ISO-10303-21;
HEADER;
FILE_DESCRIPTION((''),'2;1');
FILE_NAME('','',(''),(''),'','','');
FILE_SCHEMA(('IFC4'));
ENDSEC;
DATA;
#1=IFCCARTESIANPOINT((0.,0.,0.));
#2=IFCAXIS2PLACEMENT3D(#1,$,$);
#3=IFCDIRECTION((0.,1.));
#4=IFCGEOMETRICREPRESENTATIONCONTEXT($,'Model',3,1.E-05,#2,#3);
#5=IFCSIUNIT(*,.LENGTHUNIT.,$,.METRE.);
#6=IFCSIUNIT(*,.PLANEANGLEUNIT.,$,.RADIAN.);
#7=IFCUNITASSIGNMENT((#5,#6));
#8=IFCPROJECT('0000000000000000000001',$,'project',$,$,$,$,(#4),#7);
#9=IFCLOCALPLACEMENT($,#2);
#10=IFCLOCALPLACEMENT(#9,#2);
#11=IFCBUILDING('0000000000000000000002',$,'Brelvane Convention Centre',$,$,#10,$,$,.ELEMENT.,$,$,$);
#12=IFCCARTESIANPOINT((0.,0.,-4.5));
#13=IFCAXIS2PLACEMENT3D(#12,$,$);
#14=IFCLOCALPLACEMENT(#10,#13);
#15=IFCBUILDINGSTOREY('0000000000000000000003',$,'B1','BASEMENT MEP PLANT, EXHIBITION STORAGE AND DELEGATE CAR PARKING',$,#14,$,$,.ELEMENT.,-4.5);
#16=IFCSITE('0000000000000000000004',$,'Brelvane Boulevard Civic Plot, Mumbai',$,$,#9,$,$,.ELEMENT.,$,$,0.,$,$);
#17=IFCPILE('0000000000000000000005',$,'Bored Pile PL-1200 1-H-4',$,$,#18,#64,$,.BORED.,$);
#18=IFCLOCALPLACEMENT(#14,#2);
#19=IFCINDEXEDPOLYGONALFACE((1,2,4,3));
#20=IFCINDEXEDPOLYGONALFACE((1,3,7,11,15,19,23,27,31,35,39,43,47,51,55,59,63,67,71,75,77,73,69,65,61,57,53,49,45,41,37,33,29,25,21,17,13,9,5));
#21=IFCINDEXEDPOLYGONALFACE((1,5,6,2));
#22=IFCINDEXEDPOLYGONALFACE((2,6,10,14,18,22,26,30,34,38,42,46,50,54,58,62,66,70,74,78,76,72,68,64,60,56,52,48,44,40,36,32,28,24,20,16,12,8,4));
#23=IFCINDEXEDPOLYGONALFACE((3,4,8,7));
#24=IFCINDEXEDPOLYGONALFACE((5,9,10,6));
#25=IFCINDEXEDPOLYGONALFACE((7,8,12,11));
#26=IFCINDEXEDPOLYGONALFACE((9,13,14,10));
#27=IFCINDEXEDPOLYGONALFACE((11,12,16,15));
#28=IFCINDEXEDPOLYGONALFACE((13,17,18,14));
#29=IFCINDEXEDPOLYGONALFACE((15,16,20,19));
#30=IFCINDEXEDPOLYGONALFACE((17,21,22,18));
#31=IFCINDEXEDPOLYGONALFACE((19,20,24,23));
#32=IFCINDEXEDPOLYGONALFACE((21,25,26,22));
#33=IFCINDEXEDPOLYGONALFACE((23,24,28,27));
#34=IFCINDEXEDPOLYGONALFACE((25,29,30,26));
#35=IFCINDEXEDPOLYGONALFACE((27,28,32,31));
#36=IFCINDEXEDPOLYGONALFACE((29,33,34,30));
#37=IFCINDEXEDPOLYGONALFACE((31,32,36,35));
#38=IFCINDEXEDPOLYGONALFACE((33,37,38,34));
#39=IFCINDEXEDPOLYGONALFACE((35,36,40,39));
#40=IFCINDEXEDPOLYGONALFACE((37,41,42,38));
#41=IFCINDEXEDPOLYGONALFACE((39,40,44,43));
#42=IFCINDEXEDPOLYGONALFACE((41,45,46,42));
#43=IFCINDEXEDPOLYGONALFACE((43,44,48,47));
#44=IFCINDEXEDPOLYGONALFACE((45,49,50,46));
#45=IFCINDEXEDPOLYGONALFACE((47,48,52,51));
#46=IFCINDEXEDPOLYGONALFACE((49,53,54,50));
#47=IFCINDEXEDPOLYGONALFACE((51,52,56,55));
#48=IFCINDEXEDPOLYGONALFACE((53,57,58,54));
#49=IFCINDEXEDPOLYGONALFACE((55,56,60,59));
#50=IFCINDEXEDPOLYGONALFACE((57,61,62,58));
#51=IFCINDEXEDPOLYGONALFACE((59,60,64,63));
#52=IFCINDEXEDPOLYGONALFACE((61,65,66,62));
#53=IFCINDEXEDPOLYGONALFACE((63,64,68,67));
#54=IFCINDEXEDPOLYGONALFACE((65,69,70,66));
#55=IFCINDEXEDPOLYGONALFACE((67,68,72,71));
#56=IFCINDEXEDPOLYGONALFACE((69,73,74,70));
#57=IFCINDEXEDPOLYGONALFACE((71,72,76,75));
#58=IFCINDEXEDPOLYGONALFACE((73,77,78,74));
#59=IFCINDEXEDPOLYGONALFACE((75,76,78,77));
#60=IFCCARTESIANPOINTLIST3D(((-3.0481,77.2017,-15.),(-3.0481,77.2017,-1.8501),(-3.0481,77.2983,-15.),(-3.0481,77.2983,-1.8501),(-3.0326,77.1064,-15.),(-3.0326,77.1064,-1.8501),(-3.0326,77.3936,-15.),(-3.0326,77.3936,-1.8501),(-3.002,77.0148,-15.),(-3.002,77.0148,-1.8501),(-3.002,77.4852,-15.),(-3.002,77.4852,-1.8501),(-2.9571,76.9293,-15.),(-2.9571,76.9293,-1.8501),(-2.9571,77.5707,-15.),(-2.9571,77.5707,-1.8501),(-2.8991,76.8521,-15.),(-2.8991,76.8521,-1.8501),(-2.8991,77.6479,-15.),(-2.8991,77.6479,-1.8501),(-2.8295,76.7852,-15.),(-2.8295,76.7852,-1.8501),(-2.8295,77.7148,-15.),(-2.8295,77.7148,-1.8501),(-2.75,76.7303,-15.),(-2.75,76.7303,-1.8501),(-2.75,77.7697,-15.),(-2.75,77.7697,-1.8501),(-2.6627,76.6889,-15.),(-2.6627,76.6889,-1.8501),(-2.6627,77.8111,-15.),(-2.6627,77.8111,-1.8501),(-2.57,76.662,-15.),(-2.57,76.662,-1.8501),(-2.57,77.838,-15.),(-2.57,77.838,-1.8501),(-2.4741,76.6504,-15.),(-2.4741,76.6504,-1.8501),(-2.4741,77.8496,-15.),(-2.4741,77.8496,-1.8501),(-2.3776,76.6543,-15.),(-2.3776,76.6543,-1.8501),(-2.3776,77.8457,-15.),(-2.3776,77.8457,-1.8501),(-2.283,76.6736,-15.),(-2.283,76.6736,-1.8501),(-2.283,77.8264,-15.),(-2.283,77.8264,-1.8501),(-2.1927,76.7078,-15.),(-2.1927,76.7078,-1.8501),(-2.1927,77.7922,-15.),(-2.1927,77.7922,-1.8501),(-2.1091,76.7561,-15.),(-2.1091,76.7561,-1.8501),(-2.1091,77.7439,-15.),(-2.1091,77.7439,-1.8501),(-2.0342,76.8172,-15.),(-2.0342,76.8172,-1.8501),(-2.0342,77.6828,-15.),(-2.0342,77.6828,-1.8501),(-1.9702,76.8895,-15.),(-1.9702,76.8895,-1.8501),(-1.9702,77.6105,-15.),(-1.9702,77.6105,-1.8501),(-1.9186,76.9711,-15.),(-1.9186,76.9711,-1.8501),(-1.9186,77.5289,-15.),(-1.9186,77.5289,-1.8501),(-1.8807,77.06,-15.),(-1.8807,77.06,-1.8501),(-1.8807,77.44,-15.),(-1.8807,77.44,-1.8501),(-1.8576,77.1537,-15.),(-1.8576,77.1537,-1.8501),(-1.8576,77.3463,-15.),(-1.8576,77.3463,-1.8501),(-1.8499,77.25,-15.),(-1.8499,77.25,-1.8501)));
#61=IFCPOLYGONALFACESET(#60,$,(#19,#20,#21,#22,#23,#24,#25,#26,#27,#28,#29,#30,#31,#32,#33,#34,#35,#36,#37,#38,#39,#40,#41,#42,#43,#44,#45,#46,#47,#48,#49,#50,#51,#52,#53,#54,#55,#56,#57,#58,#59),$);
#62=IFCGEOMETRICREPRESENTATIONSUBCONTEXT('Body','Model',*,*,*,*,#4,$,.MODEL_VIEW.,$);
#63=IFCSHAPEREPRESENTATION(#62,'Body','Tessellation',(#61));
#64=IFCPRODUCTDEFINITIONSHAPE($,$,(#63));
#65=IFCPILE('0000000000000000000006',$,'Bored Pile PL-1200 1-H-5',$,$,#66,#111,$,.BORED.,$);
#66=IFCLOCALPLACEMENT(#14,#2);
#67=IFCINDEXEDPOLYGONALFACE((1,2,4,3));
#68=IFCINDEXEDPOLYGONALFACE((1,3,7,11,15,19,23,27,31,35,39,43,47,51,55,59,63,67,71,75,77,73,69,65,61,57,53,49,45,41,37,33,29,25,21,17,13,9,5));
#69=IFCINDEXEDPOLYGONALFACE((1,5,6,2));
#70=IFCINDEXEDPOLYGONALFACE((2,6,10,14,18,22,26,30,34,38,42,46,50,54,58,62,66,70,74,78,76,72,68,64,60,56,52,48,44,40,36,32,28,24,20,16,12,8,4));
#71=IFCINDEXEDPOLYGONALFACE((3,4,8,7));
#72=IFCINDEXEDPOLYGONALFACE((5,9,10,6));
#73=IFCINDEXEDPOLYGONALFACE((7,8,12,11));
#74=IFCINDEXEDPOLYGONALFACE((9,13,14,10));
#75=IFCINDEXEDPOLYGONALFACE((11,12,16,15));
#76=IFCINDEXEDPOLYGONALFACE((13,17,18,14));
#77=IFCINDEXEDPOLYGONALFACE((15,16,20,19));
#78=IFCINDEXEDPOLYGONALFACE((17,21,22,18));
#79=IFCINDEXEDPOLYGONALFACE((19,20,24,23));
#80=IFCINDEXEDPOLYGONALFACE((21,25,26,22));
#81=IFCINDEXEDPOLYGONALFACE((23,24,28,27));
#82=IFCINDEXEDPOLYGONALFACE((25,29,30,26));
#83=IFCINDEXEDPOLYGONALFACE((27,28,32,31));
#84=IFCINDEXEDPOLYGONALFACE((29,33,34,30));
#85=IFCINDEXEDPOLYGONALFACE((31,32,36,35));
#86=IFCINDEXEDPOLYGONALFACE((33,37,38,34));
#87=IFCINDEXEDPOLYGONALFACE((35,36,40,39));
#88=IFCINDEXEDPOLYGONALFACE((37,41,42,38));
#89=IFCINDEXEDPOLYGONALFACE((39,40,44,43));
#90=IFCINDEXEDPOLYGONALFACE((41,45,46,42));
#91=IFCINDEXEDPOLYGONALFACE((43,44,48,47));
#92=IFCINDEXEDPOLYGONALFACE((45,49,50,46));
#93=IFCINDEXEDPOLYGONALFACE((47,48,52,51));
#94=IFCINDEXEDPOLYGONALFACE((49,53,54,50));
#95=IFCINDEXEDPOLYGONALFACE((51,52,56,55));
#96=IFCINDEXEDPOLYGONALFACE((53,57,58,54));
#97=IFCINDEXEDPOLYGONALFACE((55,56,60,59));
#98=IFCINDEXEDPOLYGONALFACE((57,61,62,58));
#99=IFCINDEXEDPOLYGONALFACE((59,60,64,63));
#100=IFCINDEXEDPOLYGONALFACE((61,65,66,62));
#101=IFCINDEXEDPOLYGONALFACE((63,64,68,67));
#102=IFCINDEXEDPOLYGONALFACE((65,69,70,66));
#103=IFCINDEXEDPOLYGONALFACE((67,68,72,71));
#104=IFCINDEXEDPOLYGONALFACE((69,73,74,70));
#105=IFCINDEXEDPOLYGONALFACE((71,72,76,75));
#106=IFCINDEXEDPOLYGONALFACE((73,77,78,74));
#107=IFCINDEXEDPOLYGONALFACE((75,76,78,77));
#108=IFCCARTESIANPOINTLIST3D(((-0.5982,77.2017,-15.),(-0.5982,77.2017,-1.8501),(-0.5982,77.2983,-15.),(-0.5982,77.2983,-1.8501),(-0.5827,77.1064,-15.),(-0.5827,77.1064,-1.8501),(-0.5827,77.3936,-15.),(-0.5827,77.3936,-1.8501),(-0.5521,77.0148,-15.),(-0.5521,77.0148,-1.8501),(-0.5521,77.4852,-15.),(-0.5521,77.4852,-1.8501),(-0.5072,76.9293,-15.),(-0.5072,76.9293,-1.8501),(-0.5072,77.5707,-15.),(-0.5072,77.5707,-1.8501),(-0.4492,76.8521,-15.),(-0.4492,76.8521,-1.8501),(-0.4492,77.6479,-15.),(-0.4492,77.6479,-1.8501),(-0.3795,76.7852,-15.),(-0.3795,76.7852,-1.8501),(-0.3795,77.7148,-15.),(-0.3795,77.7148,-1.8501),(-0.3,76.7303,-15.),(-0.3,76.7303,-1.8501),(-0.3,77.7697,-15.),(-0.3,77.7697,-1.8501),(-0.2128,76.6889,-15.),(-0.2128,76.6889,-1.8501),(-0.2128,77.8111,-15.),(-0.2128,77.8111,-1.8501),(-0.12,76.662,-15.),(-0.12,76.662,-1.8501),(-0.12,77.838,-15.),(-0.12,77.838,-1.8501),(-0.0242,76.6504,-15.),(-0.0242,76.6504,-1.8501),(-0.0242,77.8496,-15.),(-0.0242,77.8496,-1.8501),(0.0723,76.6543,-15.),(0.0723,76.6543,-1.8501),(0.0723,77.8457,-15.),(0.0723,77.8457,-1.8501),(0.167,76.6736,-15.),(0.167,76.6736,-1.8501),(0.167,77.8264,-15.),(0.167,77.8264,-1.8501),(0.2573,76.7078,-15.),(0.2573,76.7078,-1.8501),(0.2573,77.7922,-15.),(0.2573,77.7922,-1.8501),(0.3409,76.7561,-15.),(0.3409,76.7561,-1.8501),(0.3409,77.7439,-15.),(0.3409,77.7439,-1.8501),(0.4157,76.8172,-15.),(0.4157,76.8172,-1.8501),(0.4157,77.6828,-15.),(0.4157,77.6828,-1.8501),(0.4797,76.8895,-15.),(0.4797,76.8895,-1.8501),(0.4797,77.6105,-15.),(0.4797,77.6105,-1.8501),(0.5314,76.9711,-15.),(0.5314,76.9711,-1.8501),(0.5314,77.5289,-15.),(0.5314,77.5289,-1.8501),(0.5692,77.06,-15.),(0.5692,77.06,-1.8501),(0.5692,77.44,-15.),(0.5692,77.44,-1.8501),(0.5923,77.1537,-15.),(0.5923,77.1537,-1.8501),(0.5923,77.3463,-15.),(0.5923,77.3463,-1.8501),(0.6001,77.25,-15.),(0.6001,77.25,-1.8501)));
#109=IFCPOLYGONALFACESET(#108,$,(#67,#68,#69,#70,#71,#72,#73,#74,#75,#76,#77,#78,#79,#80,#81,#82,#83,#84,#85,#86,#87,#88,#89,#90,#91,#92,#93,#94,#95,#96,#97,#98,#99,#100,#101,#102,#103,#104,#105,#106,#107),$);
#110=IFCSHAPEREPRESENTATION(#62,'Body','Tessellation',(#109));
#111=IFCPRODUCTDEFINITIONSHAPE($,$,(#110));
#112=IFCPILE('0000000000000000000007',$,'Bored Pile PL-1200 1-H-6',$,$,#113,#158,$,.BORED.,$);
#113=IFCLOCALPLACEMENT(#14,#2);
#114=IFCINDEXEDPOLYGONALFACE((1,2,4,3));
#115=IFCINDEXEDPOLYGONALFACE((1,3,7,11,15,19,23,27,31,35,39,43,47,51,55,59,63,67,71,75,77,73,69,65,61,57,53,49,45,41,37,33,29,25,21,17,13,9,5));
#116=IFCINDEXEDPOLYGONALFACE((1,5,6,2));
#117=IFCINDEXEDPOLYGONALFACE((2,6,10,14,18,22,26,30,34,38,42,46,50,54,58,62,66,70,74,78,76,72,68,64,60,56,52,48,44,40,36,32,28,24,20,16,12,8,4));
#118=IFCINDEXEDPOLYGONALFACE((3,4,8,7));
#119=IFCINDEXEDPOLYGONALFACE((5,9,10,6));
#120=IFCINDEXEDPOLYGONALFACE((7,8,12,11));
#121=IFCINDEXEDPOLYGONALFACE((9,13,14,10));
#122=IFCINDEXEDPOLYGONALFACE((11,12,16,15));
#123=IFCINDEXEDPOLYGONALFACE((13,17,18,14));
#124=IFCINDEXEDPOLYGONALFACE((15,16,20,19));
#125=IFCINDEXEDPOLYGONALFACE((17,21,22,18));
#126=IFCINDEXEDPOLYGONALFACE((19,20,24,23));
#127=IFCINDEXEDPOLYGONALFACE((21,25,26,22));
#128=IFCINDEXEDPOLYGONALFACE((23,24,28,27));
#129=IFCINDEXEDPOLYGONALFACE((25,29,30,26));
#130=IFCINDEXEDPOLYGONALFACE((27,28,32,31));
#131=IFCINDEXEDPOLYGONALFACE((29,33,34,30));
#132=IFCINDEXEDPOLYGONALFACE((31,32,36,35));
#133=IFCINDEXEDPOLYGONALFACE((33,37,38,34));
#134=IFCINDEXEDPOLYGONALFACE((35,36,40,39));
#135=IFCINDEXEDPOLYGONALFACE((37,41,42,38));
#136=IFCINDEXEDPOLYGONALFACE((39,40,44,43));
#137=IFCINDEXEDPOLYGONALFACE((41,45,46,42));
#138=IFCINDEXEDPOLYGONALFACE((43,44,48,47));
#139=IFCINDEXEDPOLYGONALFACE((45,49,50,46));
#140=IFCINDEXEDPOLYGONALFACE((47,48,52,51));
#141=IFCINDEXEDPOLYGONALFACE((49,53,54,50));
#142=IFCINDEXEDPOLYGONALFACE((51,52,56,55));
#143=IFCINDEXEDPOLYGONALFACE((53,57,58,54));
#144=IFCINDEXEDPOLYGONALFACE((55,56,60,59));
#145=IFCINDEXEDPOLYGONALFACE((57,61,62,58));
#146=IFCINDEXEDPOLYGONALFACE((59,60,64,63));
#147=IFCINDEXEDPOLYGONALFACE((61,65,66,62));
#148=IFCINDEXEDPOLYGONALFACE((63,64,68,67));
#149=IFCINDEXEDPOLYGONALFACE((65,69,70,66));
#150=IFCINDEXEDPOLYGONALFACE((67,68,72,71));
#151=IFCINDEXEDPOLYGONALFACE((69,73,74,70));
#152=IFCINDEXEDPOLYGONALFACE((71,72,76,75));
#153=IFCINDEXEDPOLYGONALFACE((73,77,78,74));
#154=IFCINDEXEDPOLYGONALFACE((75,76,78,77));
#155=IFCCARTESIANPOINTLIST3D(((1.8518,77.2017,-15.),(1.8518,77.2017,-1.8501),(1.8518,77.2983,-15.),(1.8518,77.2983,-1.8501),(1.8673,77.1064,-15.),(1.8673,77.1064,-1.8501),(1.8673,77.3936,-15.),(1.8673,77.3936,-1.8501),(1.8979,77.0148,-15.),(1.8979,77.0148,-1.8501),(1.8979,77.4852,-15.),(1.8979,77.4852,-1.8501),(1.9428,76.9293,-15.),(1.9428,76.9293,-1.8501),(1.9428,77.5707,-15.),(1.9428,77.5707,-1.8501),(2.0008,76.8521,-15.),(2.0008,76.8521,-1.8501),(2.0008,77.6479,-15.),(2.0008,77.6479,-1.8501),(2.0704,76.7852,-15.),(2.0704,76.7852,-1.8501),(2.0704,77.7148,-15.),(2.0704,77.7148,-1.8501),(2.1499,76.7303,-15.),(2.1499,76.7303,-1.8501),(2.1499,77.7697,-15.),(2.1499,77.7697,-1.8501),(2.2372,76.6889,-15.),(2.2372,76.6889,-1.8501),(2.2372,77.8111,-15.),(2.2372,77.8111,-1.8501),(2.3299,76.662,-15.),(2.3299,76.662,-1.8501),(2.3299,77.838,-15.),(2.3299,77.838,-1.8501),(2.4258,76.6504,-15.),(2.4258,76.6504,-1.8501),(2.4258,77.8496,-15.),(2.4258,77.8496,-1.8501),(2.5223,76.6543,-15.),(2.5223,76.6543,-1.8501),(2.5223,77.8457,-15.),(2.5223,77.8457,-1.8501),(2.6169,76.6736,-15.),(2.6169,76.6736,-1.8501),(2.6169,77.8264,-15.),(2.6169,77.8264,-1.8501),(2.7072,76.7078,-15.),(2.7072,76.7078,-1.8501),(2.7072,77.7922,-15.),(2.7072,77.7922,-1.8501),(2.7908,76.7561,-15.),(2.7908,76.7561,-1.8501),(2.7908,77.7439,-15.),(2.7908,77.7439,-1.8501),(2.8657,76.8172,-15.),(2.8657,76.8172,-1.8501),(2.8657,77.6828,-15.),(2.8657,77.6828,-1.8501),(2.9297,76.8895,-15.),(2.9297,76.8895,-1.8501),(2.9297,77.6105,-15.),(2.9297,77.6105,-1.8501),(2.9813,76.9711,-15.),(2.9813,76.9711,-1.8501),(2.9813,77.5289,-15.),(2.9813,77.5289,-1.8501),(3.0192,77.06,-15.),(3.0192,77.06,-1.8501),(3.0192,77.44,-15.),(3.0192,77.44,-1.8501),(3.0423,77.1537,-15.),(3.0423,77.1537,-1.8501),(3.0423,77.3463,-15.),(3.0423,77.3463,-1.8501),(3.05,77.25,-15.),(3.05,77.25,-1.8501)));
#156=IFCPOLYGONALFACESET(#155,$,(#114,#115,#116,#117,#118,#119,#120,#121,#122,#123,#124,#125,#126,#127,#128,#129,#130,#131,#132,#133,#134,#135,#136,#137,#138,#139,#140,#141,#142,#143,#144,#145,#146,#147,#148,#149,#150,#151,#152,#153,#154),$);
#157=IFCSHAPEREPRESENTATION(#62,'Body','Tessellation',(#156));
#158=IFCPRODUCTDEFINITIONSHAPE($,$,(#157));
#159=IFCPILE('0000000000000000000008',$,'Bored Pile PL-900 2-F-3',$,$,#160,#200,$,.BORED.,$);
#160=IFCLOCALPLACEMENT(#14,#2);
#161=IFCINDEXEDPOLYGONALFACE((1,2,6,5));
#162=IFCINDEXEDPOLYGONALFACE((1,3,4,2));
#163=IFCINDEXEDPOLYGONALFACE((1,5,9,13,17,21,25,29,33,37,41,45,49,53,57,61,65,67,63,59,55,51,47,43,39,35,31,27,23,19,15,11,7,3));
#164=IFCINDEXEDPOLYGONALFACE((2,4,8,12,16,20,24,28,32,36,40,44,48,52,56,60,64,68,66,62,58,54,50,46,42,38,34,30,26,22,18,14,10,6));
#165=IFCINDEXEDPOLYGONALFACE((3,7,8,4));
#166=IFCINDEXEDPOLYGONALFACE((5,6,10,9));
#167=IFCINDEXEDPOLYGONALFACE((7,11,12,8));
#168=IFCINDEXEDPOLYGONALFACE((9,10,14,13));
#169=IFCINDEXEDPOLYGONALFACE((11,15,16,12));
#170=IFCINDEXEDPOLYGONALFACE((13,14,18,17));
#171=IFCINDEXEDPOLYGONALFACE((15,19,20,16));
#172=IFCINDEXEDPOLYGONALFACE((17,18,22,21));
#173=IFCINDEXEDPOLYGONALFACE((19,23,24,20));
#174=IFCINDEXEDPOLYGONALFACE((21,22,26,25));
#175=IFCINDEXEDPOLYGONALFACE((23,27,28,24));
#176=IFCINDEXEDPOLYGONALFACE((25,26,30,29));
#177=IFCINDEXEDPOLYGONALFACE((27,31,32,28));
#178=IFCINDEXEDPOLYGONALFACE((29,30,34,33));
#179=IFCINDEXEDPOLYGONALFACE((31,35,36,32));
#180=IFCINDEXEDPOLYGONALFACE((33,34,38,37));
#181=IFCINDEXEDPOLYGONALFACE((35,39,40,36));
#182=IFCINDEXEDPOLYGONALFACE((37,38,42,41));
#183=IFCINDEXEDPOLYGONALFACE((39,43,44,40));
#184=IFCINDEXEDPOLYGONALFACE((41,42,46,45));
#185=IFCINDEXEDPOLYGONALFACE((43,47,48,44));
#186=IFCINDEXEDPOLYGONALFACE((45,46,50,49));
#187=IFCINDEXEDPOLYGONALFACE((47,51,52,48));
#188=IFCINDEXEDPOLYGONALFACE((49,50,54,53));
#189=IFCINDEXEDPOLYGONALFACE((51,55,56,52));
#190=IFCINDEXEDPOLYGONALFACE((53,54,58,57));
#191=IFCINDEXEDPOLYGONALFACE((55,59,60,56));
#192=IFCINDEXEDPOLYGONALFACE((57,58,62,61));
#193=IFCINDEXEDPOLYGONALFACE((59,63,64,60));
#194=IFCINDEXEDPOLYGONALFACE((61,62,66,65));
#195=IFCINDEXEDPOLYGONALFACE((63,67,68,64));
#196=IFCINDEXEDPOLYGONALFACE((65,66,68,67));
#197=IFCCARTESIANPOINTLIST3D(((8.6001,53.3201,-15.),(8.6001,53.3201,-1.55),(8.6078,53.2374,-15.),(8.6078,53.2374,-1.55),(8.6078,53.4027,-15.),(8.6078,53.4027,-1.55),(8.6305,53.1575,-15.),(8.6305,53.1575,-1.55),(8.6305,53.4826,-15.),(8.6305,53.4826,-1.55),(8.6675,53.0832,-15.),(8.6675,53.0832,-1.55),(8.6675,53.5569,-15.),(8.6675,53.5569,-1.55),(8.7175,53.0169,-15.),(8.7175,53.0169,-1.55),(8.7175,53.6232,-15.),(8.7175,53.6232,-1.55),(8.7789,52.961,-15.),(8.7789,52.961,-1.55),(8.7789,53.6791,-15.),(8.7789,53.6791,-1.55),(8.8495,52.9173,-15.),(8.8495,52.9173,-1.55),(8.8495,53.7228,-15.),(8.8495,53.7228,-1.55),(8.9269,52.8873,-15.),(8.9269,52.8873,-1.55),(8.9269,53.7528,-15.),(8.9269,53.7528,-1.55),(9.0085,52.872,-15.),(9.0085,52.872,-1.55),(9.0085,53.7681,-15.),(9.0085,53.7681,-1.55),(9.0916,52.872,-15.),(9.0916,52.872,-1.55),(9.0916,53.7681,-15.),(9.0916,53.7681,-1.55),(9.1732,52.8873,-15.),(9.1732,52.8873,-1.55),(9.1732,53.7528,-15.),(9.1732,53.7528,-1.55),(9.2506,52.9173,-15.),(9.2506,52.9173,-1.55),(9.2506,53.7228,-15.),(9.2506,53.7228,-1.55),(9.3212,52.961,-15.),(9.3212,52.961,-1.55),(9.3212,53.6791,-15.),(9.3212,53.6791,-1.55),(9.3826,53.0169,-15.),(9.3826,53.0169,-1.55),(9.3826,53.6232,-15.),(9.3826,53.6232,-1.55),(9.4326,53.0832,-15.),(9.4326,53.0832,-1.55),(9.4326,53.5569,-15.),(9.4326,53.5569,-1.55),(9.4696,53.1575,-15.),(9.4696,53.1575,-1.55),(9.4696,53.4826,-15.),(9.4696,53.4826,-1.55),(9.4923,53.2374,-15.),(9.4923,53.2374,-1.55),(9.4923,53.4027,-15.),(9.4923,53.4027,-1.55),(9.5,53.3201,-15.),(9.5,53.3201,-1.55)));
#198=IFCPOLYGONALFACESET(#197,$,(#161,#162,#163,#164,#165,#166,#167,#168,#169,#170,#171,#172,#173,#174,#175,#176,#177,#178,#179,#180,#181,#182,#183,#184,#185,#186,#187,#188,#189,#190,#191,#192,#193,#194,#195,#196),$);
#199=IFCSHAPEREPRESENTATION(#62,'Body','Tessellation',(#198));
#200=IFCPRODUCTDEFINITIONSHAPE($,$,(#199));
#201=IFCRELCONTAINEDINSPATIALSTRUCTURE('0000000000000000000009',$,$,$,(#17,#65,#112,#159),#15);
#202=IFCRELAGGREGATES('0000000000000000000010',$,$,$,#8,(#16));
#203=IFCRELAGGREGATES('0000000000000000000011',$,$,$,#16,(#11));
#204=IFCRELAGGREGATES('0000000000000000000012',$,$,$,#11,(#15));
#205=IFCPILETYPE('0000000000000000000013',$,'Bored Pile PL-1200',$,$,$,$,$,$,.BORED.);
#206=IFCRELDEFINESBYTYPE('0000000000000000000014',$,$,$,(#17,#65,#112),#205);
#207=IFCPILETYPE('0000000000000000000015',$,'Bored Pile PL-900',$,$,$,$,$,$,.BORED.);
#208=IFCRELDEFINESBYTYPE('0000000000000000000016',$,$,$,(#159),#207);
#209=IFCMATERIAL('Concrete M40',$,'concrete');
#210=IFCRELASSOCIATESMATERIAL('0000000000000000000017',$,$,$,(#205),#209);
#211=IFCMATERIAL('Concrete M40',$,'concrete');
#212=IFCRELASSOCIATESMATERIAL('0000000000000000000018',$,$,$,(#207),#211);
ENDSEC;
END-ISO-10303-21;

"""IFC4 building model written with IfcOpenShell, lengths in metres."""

from ifc_helpers import new_model, si_unit, direction, frame, origin, origin_2d, place, context, subcontext, project, spatial, circle, extrude, material, material_profile, profile_set, type_object, element, save


model = new_model("IFC4")

# Units and contexts
model_context = context("Model", 3, precision=1e-05, world=origin(), true_north=direction((0.0, 1.0)))
body_context = subcontext(model_context, "Body", "Model", "MODEL_VIEW")
ifc_project = project(units=[si_unit("LENGTHUNIT", "METRE"), si_unit("PLANEANGLEUNIT", "RADIAN")], contexts=[model_context])

# Site, building, storey
site_placement = place(None, origin())
site = spatial("IfcSite", under=ifc_project, at=site_placement, Name="Brelvane Boulevard Civic Plot, Mumbai", CompositionType="ELEMENT", RefElevation=0.0)
building_placement = place(site_placement, origin())
building = spatial("IfcBuilding", under=site, at=building_placement, Name="Brelvane Convention Centre", CompositionType="ELEMENT")
storey_placement = place(building_placement, frame((0.0, 0.0, -4.5)))
storey = spatial("IfcBuildingStorey", under=building, at=storey_placement, Name="B1", Description="BASEMENT MEP PLANT, EXHIBITION STORAGE AND DELEGATE CAR PARKING", CompositionType="ELEMENT", Elevation=-4.5)

# Piles
ifc_material_1 = material(Name="Concrete M40", Category="concrete")
ifc_material_profile_1 = material_profile(ifc_material_1, circle(Radius=0.6001, at=origin_2d()), Name="PILE D1200")
ifc_profile_set_1 = profile_set([ifc_material_profile_1], Name="Concrete M40")
pile_type_1 = type_object("IfcPileType", Name="Bored Pile PL-1200", PredefinedType="BORED", material=ifc_profile_set_1)
for number, where, z_axis, x_axis, name in (
    (1, (-2.45, 77.25, -1.8501), (0.0, 0.0, -1.0), (1.0, 0.0, 0.0), "Bored Pile PL-1200 1-H-4"),
    (2, (0.0, 77.25, -1.8501), (0.0, 0.0, -1.0), (1.0, 0.0, 0.0), "Bored Pile PL-1200 1-H-5"),
    (3, (2.45, 77.25, -1.8501), (0.0, 0.0, -1.0), (1.0, 0.0, 0.0), "Bored Pile PL-1200 1-H-6"),
):
    element("IfcPile", number, at=place(storey_placement, frame(where, z_axis=z_axis, x_axis=x_axis)), inside=storey, type_object=pile_type_1, Name=name, PredefinedType="BORED", context=body_context, shape_type="SweptSolid", body=[
        extrude(circle(Radius=0.6001, at=origin_2d()), origin(), (0.0, 0.0, 1.0), 13.1499),
    ])
ifc_material_2 = material(Name="Concrete M40", Category="concrete")
ifc_material_profile_2 = material_profile(ifc_material_2, circle(Radius=0.45, at=origin_2d()), Name="PILE D900")
ifc_profile_set_2 = profile_set([ifc_material_profile_2], Name="Concrete M40")
pile_type_2 = type_object("IfcPileType", Name="Bored Pile PL-900", PredefinedType="BORED", material=ifc_profile_set_2)
for number, where, z_axis, x_axis, name in (
    (4, (9.05, 53.3201, -1.55), (0.0, 0.0, -1.0), (1.0, 0.0, 0.0), "Bored Pile PL-900 2-F-3"),
):
    element("IfcPile", number, at=place(storey_placement, frame(where, z_axis=z_axis, x_axis=x_axis)), inside=storey, type_object=pile_type_2, Name=name, PredefinedType="BORED", context=body_context, shape_type="SweptSolid", body=[
        extrude(circle(Radius=0.45, at=origin_2d()), origin(), (0.0, 0.0, 1.0), 13.45),
    ])

save(model, "model.ifc")
